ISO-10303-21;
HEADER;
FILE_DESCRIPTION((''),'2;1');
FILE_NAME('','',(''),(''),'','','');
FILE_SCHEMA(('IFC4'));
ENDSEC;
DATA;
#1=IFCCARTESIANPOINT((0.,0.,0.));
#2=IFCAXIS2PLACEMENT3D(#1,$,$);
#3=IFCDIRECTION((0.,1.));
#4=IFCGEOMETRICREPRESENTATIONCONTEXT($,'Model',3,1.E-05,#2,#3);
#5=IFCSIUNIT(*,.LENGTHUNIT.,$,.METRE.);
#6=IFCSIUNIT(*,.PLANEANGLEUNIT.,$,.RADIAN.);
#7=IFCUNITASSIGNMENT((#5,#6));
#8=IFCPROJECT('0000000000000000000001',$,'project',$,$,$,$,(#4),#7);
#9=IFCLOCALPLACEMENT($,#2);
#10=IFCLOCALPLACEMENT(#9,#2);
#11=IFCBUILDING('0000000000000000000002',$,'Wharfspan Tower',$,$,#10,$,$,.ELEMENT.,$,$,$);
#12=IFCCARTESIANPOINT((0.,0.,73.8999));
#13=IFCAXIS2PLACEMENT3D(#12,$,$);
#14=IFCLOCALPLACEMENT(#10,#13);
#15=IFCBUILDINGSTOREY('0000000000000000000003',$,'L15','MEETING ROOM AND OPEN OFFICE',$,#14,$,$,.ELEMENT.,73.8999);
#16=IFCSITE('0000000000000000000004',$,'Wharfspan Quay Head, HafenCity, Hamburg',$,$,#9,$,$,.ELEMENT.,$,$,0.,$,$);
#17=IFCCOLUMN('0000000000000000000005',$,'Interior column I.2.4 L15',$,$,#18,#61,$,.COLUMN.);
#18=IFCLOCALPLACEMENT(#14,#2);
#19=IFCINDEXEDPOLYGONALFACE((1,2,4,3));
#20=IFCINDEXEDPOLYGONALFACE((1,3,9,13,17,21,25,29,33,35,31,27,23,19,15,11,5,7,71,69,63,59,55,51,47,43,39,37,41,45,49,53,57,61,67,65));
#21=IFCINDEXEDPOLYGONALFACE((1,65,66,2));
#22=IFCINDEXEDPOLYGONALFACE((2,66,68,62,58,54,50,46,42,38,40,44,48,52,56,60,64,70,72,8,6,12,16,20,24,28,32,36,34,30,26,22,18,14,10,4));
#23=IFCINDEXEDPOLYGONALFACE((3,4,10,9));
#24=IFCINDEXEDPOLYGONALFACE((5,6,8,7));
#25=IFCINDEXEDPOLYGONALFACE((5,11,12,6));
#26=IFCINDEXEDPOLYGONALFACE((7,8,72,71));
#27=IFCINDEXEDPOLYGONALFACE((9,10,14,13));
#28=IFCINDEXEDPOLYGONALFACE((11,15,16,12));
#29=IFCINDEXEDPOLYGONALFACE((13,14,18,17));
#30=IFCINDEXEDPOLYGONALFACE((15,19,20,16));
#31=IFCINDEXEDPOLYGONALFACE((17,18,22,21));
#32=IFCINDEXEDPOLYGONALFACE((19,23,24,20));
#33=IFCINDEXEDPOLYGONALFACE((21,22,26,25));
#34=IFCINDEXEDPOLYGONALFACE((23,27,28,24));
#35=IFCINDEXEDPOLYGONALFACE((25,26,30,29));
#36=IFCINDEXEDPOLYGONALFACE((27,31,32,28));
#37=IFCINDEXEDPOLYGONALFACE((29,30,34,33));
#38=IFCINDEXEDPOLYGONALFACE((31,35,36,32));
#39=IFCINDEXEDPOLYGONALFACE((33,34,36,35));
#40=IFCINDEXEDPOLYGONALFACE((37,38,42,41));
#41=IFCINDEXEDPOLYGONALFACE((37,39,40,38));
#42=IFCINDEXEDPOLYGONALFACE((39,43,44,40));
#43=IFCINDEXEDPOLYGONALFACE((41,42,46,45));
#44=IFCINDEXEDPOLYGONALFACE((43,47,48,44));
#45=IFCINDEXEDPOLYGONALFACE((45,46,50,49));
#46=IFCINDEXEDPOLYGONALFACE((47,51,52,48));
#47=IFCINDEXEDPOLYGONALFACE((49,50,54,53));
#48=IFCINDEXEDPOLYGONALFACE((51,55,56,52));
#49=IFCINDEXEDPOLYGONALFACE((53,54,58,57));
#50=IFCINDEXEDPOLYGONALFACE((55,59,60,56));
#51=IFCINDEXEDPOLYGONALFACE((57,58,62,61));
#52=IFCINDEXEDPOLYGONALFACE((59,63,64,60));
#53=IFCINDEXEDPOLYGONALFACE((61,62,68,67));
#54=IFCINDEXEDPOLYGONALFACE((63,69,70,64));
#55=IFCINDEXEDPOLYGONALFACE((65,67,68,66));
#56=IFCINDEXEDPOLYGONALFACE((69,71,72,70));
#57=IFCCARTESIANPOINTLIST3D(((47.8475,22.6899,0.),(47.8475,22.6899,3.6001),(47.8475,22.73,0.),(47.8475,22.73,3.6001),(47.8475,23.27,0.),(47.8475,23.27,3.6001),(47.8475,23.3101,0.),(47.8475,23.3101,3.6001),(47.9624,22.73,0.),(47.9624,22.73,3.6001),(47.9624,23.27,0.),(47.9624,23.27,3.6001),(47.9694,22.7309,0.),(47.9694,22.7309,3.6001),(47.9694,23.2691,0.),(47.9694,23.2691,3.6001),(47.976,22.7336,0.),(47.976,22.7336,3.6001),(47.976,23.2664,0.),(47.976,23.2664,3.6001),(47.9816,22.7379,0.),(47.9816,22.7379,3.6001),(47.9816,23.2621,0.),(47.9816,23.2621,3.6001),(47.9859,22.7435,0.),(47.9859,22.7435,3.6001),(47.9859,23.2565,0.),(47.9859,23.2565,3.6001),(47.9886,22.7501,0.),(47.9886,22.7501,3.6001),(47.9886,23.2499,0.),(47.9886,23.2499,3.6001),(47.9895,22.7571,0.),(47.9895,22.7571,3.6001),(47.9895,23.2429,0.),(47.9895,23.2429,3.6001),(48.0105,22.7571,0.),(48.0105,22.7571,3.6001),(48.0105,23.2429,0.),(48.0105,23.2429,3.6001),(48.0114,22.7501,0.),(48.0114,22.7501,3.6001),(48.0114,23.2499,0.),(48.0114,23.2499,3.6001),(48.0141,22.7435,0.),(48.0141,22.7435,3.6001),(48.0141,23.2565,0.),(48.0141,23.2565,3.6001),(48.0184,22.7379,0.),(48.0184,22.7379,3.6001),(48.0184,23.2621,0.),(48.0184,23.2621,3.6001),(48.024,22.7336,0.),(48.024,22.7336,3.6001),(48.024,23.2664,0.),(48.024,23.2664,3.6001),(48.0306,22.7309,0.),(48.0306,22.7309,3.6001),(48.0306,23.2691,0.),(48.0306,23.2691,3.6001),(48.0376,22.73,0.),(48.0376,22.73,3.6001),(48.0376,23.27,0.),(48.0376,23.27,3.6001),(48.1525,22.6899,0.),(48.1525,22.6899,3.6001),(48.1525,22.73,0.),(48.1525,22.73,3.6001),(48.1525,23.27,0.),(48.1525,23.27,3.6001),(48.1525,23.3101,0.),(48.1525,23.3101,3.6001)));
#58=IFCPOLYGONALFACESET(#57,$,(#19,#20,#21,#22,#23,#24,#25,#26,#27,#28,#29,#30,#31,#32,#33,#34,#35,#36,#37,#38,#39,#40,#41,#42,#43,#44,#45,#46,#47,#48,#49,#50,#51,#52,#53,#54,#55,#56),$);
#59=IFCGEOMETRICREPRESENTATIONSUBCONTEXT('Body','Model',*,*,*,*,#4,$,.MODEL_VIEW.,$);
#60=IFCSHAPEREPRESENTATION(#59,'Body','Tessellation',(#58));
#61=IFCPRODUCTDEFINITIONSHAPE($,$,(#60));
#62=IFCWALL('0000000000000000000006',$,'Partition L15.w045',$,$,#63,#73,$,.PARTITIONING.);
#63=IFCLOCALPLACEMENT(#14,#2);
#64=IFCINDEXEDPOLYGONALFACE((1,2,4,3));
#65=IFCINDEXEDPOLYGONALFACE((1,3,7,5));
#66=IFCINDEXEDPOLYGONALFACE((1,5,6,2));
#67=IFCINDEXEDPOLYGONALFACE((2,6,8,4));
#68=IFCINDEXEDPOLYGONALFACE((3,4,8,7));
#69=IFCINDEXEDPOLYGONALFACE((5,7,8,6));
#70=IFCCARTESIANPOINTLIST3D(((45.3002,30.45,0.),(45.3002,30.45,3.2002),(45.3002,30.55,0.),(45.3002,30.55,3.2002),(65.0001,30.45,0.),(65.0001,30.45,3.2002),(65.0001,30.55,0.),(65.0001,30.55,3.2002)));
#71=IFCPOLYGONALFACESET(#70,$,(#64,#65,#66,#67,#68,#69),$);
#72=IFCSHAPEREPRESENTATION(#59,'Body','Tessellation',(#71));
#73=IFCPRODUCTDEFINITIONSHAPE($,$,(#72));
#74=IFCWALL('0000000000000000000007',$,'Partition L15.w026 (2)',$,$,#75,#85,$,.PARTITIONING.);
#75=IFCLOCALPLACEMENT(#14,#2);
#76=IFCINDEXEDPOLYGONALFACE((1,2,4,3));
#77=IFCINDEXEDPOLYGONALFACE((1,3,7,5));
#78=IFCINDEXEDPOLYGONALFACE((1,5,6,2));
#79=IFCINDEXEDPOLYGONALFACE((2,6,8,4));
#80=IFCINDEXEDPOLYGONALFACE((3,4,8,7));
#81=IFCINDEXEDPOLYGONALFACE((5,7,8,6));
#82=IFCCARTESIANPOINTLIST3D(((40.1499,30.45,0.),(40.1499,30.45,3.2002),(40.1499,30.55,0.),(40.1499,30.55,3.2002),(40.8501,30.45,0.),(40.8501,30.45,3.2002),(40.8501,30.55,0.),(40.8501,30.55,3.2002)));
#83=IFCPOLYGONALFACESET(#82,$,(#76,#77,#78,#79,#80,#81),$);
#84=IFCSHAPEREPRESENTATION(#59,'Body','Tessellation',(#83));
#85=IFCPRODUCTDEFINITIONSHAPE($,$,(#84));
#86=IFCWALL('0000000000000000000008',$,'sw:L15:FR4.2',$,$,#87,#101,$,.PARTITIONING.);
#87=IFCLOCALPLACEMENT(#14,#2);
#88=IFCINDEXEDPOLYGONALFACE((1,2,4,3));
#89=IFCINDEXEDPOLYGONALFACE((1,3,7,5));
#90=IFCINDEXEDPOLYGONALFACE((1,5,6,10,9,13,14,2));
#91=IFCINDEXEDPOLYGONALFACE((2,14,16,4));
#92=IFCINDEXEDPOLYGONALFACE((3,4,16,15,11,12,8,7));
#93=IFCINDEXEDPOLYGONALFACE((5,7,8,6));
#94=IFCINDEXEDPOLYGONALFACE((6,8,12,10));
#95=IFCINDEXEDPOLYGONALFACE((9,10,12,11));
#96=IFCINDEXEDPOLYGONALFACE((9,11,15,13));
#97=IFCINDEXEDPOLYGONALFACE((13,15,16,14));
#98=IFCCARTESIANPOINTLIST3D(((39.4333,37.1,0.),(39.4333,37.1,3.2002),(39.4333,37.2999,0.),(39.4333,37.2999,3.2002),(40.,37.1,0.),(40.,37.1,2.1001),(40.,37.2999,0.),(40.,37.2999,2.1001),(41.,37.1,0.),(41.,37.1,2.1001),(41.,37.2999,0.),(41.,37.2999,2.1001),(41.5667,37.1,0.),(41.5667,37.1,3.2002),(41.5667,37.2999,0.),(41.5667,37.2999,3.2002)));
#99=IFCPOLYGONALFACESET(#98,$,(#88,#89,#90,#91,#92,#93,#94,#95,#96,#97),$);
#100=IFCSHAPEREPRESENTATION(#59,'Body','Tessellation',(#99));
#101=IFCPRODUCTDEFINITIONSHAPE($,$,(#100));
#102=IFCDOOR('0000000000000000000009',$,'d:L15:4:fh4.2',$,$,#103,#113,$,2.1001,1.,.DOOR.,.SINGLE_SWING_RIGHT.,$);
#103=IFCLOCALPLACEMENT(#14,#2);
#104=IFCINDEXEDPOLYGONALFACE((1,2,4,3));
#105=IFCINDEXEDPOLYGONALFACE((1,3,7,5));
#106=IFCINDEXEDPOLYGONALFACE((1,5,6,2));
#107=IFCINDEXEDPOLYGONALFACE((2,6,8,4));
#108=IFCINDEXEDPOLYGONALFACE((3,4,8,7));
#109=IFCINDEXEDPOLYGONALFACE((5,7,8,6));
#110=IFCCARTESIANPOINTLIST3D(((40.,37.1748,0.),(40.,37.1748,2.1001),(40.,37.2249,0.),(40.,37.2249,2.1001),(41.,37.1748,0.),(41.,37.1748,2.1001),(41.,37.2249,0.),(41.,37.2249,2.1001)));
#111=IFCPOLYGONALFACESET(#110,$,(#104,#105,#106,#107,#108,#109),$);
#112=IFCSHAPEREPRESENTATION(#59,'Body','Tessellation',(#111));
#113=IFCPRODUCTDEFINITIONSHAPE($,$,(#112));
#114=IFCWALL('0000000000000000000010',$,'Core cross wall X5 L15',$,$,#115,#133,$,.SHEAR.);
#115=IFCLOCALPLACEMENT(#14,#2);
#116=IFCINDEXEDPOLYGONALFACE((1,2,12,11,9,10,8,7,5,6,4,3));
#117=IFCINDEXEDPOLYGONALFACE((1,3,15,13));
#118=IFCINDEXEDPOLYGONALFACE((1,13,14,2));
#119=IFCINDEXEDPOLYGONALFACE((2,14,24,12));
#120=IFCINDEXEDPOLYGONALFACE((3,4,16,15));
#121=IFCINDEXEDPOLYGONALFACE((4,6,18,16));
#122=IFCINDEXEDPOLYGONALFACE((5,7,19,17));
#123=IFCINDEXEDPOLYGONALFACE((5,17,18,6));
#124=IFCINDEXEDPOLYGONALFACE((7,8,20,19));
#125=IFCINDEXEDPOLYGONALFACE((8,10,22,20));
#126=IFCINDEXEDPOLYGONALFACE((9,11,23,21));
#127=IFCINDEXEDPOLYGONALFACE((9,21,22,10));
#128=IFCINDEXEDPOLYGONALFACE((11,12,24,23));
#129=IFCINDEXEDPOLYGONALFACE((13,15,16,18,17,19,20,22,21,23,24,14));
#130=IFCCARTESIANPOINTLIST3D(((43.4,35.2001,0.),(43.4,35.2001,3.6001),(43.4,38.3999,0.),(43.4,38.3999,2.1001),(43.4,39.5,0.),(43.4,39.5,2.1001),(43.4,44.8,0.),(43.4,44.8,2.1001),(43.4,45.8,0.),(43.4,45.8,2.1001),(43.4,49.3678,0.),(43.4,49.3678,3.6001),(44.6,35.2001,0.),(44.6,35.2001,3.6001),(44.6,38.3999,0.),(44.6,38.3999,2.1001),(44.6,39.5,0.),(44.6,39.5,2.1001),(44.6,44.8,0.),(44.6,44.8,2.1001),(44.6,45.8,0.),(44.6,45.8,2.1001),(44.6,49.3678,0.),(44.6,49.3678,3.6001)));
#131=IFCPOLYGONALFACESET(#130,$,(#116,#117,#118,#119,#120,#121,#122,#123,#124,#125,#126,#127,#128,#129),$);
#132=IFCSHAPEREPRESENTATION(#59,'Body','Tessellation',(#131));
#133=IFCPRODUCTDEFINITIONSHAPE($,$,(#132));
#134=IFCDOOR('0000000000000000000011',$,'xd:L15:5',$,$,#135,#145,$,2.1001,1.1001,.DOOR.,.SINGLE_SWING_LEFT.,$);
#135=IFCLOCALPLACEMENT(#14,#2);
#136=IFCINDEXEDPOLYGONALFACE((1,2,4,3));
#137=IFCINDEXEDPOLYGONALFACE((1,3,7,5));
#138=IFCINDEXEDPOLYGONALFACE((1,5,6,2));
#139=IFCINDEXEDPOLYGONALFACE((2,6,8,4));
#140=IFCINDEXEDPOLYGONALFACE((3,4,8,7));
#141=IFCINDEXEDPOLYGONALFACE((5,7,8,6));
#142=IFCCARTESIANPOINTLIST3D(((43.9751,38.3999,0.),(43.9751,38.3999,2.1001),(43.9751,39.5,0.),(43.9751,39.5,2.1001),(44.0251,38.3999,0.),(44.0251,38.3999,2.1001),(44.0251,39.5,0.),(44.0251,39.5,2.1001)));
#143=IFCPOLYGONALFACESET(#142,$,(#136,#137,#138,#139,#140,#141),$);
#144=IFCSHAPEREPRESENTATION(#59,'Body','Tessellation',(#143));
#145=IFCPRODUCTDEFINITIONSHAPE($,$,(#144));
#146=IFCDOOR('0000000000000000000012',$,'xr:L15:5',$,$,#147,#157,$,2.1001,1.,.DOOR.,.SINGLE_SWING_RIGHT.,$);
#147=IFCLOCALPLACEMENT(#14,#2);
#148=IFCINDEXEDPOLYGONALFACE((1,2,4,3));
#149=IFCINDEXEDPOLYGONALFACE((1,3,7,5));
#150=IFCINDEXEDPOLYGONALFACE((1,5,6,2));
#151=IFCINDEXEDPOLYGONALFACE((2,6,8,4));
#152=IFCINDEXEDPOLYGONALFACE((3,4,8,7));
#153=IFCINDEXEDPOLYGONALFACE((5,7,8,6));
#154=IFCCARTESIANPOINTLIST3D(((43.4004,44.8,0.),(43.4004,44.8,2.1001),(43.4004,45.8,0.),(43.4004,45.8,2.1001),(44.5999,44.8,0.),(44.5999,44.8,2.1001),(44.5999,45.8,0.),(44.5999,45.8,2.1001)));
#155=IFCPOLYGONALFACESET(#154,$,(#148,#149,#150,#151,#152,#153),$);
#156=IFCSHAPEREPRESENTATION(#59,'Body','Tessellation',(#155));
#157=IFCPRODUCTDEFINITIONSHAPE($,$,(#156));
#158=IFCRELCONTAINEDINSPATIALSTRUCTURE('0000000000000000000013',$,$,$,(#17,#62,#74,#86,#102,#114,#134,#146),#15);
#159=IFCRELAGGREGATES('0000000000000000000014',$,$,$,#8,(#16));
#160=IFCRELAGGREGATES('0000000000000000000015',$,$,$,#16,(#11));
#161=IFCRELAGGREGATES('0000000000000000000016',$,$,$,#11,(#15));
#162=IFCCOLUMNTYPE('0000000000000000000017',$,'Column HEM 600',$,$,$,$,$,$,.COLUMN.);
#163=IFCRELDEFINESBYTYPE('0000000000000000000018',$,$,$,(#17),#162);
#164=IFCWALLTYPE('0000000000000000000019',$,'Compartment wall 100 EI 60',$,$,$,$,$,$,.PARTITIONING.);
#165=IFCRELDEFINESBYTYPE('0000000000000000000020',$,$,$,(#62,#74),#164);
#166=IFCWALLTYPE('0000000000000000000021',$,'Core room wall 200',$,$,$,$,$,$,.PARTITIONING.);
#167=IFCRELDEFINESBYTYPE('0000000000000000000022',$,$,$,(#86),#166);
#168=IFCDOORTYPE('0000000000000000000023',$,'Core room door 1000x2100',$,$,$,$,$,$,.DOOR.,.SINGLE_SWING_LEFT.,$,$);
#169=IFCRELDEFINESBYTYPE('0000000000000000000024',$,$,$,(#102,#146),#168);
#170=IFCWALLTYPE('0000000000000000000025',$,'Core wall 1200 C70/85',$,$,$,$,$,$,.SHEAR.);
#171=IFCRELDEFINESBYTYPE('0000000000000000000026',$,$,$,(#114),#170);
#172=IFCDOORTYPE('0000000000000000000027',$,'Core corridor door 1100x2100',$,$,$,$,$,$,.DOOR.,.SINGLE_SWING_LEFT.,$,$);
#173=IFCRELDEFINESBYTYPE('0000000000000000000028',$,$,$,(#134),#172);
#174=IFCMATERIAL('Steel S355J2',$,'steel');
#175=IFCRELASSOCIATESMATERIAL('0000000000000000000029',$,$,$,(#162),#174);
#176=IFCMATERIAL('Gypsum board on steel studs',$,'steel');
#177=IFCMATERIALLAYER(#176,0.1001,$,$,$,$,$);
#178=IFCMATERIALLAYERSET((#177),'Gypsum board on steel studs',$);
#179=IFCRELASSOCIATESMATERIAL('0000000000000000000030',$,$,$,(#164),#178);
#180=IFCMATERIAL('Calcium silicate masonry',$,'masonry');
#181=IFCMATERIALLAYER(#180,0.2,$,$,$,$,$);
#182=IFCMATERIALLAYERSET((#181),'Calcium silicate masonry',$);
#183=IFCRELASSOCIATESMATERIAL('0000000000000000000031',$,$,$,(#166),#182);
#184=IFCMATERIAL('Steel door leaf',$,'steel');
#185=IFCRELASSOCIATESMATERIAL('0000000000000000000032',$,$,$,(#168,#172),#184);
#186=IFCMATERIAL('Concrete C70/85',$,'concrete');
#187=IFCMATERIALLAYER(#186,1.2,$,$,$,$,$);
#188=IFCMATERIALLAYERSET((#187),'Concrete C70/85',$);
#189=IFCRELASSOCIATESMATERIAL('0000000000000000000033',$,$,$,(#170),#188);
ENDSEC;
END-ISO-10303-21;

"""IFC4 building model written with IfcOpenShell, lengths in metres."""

from ifc_helpers import new_model, si_unit, direction, frame, frame_2d, origin, origin_2d, place, context, subcontext, project, spatial, rectangle, i_section, extrude, material, layer, layer_set, material_profile, profile_set, type_object, element, fill, save


model = new_model("IFC4")

# Units and contexts
model_context = context("Model", 3, precision=1e-05, world=origin(), true_north=direction((0.0, 1.0)))
body_context = subcontext(model_context, "Body", "Model", "MODEL_VIEW")
ifc_project = project(units=[si_unit("LENGTHUNIT", "METRE"), si_unit("PLANEANGLEUNIT", "RADIAN")], contexts=[model_context])

# Site, building, storey
site_placement = place(None, origin())
site = spatial("IfcSite", under=ifc_project, at=site_placement, Name="Wharfspan Quay Head, HafenCity, Hamburg", CompositionType="ELEMENT", RefElevation=0.0)
building_placement = place(site_placement, origin())
building = spatial("IfcBuilding", under=site, at=building_placement, Name="Wharfspan Tower", CompositionType="ELEMENT")
storey_placement = place(building_placement, frame((0.0, 0.0, 73.8999)))
storey = spatial("IfcBuildingStorey", under=building, at=storey_placement, Name="L15", Description="MEETING ROOM AND OPEN OFFICE", CompositionType="ELEMENT", Elevation=73.8999)

# Column
ifc_material_1 = material(Name="Steel S355J2", Category="steel")
ifc_material_profile = material_profile(ifc_material_1, i_section(OverallWidth=0.3049, OverallDepth=0.6201, WebThickness=0.021, FlangeThickness=0.04, FilletRadius=0.0271, at=origin_2d()))
ifc_profile_set = profile_set([ifc_material_profile], Name="Steel S355J2")
column_type = type_object("IfcColumnType", Name="Column HEM 600", PredefinedType="COLUMN", material=ifc_profile_set)
column_placement = place(storey_placement, frame((48.0, 23.0, 0.0), z_axis=(0.0, 0.0, 1.0), x_axis=(1.0, 0.0, 0.0)))
element("IfcColumn", 1, at=column_placement, inside=storey, type_object=column_type, Name="Interior column I.2.4 L15", PredefinedType="COLUMN", context=body_context, shape_type="SweptSolid", body=[
    extrude(i_section(OverallWidth=0.3049, OverallDepth=0.6201, WebThickness=0.021, FlangeThickness=0.04, FilletRadius=0.0271, at=origin_2d()), origin(), (0.0, 0.0, 1.0), 3.6001),
])

# Walls
ifc_material_2 = material(Name="Gypsum board on steel studs", Category="steel")
ifc_layer_1 = layer(ifc_material_2, 0.1001)
ifc_layer_set_1 = layer_set([ifc_layer_1], Name="Gypsum board on steel studs")
wall_type_1 = type_object("IfcWallType", Name="Compartment wall 100 EI 60", PredefinedType="PARTITIONING", material=ifc_layer_set_1)
wall_1_placement = place(storey_placement, frame((45.3, 30.5, 0.0), z_axis=(0.0, 0.0, 1.0), x_axis=(1.0, 0.0, 0.0)))
element("IfcWall", 2, at=wall_1_placement, inside=storey, type_object=wall_type_1, Name="Partition L15.w045", PredefinedType="PARTITIONING", context=body_context, shape_type="SweptSolid", body=[
    extrude(rectangle(XDim=19.7, YDim=0.1001, at=frame_2d((9.8501, 0.0))), origin(), (0.0, 0.0, 1.0), 3.2002),
])
wall_2_placement = place(storey_placement, frame((40.1499, 30.5, 0.0), z_axis=(0.0, 0.0, 1.0), x_axis=(1.0, 0.0, 0.0)))
element("IfcWall", 3, at=wall_2_placement, inside=storey, type_object=wall_type_1, Name="Partition L15.w026 (2)", PredefinedType="PARTITIONING", context=body_context, shape_type="SweptSolid", body=[
    extrude(rectangle(XDim=0.7002, YDim=0.1001, at=frame_2d((0.3501, 0.0))), origin(), (0.0, 0.0, 1.0), 3.2002),
])

# Wall, opening, door
ifc_material_3 = material(Name="Calcium silicate masonry", Category="masonry")
ifc_layer_2 = layer(ifc_material_3, 0.2)
ifc_layer_set_2 = layer_set([ifc_layer_2], Name="Calcium silicate masonry")
wall_type_2 = type_object("IfcWallType", Name="Core room wall 200", PredefinedType="PARTITIONING", material=ifc_layer_set_2)
wall_3_placement = place(storey_placement, frame((39.4333, 37.2, 0.0), z_axis=(0.0, 0.0, 1.0), x_axis=(1.0, 0.0, 0.0)))
wall_3 = element("IfcWall", 4, at=wall_3_placement, inside=storey, type_object=wall_type_2, Name="sw:L15:FR4.2", PredefinedType="PARTITIONING", context=body_context, shape_type="SweptSolid", body=[
    extrude(rectangle(XDim=2.1333, YDim=0.2, at=frame_2d((1.0667, 0.0))), origin(), (0.0, 0.0, 1.0), 3.2002),
])
opening_1_placement = place(wall_3_placement, frame((0.5666, 0.0, 0.0)))
opening_1 = element("IfcOpeningElement", 5, at=opening_1_placement, cuts=wall_3, PredefinedType="OPENING", context=body_context, shape_type="SweptSolid", body=[
    extrude(rectangle(XDim=1.0, YDim=2.1001, at=frame_2d((0.5, 1.05))), frame((0.0, 0.1099, 0.0), z_axis=(0.0, -1.0, 0.0), x_axis=(1.0, 0.0, 0.0)), (0.0, 0.0, 1.0), 0.22),
])
ifc_material_4 = material(Name="Steel door leaf", Category="steel")
door_type_1 = type_object("IfcDoorType", Name="Core room door 1000x2100", OperationType="SINGLE_SWING_LEFT", PredefinedType="DOOR", material=ifc_material_4)
door_1_placement = place(opening_1_placement, origin())
door_1 = element("IfcDoor", 6, at=door_1_placement, inside=storey, type_object=door_type_1, Name="d:L15:4:fh4.2", OperationType="SINGLE_SWING_RIGHT", OverallHeight=2.1001, OverallWidth=1.0, PredefinedType="DOOR", context=body_context, shape_type="SweptSolid", body=[
    extrude(rectangle(XDim=1.0, YDim=2.1001, at=frame_2d((0.5, 1.05))), frame((0.0, 0.0249, 0.0), z_axis=(0.0, -1.0, 0.0), x_axis=(1.0, 0.0, 0.0)), (0.0, 0.0, 1.0), 0.05),
])
fill(opening_1, door_1)

# Wall, openings, doors
ifc_material_5 = material(Name="Concrete C70/85", Category="concrete")
ifc_layer_3 = layer(ifc_material_5, 1.2)
ifc_layer_set_3 = layer_set([ifc_layer_3], Name="Concrete C70/85")
wall_type_3 = type_object("IfcWallType", Name="Core wall 1200 C70/85", PredefinedType="SHEAR", material=ifc_layer_set_3)
wall_4_placement = place(storey_placement, frame((44.0, 35.2, 0.0), z_axis=(0.0, 0.0, 1.0), x_axis=(0.0, 1.0, 0.0)))
wall_4 = element("IfcWall", 7, at=wall_4_placement, inside=storey, type_object=wall_type_3, Name="Core cross wall X5 L15", PredefinedType="SHEAR", context=body_context, shape_type="SweptSolid", body=[
    extrude(rectangle(XDim=14.1677, YDim=1.2, at=frame_2d((7.084, 0.0))), origin(), (0.0, 0.0, 1.0), 3.6001),
])
opening_2_placement = place(wall_4_placement, frame((3.2, 0.0, 0.0)))
opening_2 = element("IfcOpeningElement", 8, at=opening_2_placement, cuts=wall_4, PredefinedType="OPENING", context=body_context, shape_type="SweptSolid", body=[
    extrude(rectangle(XDim=1.1001, YDim=2.1001, at=frame_2d((0.55, 1.05))), frame((0.0, 0.6099, 0.0), z_axis=(0.0, -1.0, 0.0), x_axis=(1.0, 0.0, 0.0)), (0.0, 0.0, 1.0), 1.22),
])
opening_3_placement = place(wall_4_placement, frame((9.6001, 0.0, 0.0)))
opening_3 = element("IfcOpeningElement", 9, at=opening_3_placement, cuts=wall_4, PredefinedType="OPENING", context=body_context, shape_type="SweptSolid", body=[
    extrude(rectangle(XDim=1.0, YDim=2.1001, at=frame_2d((0.5, 1.05))), frame((0.0, 0.6099, 0.0), z_axis=(0.0, -1.0, 0.0), x_axis=(1.0, 0.0, 0.0)), (0.0, 0.0, 1.0), 1.22),
])
door_type_2 = type_object("IfcDoorType", Name="Core corridor door 1100x2100", OperationType="SINGLE_SWING_LEFT", PredefinedType="DOOR", material=ifc_material_4)
door_2_placement = place(opening_2_placement, origin())
door_2 = element("IfcDoor", 10, at=door_2_placement, inside=storey, type_object=door_type_2, Name="xd:L15:5", OperationType="SINGLE_SWING_LEFT", OverallHeight=2.1001, OverallWidth=1.1001, PredefinedType="DOOR", context=body_context, shape_type="SweptSolid", body=[
    extrude(rectangle(XDim=1.1001, YDim=2.1001, at=frame_2d((0.55, 1.05))), frame((0.0, 0.0249, 0.0), z_axis=(0.0, -1.0, 0.0), x_axis=(1.0, 0.0, 0.0)), (0.0, 0.0, 1.0), 0.05),
])
fill(opening_2, door_2)
door_3_placement = place(opening_3_placement, origin())
door_3 = element("IfcDoor", 11, at=door_3_placement, inside=storey, type_object=door_type_1, Name="xr:L15:5", OperationType="SINGLE_SWING_RIGHT", OverallHeight=2.1001, OverallWidth=1.0, PredefinedType="DOOR", context=body_context, shape_type="SweptSolid", body=[
    extrude(rectangle(XDim=1.0, YDim=2.1001, at=frame_2d((0.5, 1.05))), frame((0.0, 0.5996, 0.0), z_axis=(0.0, -1.0, 0.0), x_axis=(1.0, 0.0, 0.0)), (0.0, 0.0, 1.0), 1.1995),
])
fill(opening_3, door_3)

save(model, "model.ifc")
